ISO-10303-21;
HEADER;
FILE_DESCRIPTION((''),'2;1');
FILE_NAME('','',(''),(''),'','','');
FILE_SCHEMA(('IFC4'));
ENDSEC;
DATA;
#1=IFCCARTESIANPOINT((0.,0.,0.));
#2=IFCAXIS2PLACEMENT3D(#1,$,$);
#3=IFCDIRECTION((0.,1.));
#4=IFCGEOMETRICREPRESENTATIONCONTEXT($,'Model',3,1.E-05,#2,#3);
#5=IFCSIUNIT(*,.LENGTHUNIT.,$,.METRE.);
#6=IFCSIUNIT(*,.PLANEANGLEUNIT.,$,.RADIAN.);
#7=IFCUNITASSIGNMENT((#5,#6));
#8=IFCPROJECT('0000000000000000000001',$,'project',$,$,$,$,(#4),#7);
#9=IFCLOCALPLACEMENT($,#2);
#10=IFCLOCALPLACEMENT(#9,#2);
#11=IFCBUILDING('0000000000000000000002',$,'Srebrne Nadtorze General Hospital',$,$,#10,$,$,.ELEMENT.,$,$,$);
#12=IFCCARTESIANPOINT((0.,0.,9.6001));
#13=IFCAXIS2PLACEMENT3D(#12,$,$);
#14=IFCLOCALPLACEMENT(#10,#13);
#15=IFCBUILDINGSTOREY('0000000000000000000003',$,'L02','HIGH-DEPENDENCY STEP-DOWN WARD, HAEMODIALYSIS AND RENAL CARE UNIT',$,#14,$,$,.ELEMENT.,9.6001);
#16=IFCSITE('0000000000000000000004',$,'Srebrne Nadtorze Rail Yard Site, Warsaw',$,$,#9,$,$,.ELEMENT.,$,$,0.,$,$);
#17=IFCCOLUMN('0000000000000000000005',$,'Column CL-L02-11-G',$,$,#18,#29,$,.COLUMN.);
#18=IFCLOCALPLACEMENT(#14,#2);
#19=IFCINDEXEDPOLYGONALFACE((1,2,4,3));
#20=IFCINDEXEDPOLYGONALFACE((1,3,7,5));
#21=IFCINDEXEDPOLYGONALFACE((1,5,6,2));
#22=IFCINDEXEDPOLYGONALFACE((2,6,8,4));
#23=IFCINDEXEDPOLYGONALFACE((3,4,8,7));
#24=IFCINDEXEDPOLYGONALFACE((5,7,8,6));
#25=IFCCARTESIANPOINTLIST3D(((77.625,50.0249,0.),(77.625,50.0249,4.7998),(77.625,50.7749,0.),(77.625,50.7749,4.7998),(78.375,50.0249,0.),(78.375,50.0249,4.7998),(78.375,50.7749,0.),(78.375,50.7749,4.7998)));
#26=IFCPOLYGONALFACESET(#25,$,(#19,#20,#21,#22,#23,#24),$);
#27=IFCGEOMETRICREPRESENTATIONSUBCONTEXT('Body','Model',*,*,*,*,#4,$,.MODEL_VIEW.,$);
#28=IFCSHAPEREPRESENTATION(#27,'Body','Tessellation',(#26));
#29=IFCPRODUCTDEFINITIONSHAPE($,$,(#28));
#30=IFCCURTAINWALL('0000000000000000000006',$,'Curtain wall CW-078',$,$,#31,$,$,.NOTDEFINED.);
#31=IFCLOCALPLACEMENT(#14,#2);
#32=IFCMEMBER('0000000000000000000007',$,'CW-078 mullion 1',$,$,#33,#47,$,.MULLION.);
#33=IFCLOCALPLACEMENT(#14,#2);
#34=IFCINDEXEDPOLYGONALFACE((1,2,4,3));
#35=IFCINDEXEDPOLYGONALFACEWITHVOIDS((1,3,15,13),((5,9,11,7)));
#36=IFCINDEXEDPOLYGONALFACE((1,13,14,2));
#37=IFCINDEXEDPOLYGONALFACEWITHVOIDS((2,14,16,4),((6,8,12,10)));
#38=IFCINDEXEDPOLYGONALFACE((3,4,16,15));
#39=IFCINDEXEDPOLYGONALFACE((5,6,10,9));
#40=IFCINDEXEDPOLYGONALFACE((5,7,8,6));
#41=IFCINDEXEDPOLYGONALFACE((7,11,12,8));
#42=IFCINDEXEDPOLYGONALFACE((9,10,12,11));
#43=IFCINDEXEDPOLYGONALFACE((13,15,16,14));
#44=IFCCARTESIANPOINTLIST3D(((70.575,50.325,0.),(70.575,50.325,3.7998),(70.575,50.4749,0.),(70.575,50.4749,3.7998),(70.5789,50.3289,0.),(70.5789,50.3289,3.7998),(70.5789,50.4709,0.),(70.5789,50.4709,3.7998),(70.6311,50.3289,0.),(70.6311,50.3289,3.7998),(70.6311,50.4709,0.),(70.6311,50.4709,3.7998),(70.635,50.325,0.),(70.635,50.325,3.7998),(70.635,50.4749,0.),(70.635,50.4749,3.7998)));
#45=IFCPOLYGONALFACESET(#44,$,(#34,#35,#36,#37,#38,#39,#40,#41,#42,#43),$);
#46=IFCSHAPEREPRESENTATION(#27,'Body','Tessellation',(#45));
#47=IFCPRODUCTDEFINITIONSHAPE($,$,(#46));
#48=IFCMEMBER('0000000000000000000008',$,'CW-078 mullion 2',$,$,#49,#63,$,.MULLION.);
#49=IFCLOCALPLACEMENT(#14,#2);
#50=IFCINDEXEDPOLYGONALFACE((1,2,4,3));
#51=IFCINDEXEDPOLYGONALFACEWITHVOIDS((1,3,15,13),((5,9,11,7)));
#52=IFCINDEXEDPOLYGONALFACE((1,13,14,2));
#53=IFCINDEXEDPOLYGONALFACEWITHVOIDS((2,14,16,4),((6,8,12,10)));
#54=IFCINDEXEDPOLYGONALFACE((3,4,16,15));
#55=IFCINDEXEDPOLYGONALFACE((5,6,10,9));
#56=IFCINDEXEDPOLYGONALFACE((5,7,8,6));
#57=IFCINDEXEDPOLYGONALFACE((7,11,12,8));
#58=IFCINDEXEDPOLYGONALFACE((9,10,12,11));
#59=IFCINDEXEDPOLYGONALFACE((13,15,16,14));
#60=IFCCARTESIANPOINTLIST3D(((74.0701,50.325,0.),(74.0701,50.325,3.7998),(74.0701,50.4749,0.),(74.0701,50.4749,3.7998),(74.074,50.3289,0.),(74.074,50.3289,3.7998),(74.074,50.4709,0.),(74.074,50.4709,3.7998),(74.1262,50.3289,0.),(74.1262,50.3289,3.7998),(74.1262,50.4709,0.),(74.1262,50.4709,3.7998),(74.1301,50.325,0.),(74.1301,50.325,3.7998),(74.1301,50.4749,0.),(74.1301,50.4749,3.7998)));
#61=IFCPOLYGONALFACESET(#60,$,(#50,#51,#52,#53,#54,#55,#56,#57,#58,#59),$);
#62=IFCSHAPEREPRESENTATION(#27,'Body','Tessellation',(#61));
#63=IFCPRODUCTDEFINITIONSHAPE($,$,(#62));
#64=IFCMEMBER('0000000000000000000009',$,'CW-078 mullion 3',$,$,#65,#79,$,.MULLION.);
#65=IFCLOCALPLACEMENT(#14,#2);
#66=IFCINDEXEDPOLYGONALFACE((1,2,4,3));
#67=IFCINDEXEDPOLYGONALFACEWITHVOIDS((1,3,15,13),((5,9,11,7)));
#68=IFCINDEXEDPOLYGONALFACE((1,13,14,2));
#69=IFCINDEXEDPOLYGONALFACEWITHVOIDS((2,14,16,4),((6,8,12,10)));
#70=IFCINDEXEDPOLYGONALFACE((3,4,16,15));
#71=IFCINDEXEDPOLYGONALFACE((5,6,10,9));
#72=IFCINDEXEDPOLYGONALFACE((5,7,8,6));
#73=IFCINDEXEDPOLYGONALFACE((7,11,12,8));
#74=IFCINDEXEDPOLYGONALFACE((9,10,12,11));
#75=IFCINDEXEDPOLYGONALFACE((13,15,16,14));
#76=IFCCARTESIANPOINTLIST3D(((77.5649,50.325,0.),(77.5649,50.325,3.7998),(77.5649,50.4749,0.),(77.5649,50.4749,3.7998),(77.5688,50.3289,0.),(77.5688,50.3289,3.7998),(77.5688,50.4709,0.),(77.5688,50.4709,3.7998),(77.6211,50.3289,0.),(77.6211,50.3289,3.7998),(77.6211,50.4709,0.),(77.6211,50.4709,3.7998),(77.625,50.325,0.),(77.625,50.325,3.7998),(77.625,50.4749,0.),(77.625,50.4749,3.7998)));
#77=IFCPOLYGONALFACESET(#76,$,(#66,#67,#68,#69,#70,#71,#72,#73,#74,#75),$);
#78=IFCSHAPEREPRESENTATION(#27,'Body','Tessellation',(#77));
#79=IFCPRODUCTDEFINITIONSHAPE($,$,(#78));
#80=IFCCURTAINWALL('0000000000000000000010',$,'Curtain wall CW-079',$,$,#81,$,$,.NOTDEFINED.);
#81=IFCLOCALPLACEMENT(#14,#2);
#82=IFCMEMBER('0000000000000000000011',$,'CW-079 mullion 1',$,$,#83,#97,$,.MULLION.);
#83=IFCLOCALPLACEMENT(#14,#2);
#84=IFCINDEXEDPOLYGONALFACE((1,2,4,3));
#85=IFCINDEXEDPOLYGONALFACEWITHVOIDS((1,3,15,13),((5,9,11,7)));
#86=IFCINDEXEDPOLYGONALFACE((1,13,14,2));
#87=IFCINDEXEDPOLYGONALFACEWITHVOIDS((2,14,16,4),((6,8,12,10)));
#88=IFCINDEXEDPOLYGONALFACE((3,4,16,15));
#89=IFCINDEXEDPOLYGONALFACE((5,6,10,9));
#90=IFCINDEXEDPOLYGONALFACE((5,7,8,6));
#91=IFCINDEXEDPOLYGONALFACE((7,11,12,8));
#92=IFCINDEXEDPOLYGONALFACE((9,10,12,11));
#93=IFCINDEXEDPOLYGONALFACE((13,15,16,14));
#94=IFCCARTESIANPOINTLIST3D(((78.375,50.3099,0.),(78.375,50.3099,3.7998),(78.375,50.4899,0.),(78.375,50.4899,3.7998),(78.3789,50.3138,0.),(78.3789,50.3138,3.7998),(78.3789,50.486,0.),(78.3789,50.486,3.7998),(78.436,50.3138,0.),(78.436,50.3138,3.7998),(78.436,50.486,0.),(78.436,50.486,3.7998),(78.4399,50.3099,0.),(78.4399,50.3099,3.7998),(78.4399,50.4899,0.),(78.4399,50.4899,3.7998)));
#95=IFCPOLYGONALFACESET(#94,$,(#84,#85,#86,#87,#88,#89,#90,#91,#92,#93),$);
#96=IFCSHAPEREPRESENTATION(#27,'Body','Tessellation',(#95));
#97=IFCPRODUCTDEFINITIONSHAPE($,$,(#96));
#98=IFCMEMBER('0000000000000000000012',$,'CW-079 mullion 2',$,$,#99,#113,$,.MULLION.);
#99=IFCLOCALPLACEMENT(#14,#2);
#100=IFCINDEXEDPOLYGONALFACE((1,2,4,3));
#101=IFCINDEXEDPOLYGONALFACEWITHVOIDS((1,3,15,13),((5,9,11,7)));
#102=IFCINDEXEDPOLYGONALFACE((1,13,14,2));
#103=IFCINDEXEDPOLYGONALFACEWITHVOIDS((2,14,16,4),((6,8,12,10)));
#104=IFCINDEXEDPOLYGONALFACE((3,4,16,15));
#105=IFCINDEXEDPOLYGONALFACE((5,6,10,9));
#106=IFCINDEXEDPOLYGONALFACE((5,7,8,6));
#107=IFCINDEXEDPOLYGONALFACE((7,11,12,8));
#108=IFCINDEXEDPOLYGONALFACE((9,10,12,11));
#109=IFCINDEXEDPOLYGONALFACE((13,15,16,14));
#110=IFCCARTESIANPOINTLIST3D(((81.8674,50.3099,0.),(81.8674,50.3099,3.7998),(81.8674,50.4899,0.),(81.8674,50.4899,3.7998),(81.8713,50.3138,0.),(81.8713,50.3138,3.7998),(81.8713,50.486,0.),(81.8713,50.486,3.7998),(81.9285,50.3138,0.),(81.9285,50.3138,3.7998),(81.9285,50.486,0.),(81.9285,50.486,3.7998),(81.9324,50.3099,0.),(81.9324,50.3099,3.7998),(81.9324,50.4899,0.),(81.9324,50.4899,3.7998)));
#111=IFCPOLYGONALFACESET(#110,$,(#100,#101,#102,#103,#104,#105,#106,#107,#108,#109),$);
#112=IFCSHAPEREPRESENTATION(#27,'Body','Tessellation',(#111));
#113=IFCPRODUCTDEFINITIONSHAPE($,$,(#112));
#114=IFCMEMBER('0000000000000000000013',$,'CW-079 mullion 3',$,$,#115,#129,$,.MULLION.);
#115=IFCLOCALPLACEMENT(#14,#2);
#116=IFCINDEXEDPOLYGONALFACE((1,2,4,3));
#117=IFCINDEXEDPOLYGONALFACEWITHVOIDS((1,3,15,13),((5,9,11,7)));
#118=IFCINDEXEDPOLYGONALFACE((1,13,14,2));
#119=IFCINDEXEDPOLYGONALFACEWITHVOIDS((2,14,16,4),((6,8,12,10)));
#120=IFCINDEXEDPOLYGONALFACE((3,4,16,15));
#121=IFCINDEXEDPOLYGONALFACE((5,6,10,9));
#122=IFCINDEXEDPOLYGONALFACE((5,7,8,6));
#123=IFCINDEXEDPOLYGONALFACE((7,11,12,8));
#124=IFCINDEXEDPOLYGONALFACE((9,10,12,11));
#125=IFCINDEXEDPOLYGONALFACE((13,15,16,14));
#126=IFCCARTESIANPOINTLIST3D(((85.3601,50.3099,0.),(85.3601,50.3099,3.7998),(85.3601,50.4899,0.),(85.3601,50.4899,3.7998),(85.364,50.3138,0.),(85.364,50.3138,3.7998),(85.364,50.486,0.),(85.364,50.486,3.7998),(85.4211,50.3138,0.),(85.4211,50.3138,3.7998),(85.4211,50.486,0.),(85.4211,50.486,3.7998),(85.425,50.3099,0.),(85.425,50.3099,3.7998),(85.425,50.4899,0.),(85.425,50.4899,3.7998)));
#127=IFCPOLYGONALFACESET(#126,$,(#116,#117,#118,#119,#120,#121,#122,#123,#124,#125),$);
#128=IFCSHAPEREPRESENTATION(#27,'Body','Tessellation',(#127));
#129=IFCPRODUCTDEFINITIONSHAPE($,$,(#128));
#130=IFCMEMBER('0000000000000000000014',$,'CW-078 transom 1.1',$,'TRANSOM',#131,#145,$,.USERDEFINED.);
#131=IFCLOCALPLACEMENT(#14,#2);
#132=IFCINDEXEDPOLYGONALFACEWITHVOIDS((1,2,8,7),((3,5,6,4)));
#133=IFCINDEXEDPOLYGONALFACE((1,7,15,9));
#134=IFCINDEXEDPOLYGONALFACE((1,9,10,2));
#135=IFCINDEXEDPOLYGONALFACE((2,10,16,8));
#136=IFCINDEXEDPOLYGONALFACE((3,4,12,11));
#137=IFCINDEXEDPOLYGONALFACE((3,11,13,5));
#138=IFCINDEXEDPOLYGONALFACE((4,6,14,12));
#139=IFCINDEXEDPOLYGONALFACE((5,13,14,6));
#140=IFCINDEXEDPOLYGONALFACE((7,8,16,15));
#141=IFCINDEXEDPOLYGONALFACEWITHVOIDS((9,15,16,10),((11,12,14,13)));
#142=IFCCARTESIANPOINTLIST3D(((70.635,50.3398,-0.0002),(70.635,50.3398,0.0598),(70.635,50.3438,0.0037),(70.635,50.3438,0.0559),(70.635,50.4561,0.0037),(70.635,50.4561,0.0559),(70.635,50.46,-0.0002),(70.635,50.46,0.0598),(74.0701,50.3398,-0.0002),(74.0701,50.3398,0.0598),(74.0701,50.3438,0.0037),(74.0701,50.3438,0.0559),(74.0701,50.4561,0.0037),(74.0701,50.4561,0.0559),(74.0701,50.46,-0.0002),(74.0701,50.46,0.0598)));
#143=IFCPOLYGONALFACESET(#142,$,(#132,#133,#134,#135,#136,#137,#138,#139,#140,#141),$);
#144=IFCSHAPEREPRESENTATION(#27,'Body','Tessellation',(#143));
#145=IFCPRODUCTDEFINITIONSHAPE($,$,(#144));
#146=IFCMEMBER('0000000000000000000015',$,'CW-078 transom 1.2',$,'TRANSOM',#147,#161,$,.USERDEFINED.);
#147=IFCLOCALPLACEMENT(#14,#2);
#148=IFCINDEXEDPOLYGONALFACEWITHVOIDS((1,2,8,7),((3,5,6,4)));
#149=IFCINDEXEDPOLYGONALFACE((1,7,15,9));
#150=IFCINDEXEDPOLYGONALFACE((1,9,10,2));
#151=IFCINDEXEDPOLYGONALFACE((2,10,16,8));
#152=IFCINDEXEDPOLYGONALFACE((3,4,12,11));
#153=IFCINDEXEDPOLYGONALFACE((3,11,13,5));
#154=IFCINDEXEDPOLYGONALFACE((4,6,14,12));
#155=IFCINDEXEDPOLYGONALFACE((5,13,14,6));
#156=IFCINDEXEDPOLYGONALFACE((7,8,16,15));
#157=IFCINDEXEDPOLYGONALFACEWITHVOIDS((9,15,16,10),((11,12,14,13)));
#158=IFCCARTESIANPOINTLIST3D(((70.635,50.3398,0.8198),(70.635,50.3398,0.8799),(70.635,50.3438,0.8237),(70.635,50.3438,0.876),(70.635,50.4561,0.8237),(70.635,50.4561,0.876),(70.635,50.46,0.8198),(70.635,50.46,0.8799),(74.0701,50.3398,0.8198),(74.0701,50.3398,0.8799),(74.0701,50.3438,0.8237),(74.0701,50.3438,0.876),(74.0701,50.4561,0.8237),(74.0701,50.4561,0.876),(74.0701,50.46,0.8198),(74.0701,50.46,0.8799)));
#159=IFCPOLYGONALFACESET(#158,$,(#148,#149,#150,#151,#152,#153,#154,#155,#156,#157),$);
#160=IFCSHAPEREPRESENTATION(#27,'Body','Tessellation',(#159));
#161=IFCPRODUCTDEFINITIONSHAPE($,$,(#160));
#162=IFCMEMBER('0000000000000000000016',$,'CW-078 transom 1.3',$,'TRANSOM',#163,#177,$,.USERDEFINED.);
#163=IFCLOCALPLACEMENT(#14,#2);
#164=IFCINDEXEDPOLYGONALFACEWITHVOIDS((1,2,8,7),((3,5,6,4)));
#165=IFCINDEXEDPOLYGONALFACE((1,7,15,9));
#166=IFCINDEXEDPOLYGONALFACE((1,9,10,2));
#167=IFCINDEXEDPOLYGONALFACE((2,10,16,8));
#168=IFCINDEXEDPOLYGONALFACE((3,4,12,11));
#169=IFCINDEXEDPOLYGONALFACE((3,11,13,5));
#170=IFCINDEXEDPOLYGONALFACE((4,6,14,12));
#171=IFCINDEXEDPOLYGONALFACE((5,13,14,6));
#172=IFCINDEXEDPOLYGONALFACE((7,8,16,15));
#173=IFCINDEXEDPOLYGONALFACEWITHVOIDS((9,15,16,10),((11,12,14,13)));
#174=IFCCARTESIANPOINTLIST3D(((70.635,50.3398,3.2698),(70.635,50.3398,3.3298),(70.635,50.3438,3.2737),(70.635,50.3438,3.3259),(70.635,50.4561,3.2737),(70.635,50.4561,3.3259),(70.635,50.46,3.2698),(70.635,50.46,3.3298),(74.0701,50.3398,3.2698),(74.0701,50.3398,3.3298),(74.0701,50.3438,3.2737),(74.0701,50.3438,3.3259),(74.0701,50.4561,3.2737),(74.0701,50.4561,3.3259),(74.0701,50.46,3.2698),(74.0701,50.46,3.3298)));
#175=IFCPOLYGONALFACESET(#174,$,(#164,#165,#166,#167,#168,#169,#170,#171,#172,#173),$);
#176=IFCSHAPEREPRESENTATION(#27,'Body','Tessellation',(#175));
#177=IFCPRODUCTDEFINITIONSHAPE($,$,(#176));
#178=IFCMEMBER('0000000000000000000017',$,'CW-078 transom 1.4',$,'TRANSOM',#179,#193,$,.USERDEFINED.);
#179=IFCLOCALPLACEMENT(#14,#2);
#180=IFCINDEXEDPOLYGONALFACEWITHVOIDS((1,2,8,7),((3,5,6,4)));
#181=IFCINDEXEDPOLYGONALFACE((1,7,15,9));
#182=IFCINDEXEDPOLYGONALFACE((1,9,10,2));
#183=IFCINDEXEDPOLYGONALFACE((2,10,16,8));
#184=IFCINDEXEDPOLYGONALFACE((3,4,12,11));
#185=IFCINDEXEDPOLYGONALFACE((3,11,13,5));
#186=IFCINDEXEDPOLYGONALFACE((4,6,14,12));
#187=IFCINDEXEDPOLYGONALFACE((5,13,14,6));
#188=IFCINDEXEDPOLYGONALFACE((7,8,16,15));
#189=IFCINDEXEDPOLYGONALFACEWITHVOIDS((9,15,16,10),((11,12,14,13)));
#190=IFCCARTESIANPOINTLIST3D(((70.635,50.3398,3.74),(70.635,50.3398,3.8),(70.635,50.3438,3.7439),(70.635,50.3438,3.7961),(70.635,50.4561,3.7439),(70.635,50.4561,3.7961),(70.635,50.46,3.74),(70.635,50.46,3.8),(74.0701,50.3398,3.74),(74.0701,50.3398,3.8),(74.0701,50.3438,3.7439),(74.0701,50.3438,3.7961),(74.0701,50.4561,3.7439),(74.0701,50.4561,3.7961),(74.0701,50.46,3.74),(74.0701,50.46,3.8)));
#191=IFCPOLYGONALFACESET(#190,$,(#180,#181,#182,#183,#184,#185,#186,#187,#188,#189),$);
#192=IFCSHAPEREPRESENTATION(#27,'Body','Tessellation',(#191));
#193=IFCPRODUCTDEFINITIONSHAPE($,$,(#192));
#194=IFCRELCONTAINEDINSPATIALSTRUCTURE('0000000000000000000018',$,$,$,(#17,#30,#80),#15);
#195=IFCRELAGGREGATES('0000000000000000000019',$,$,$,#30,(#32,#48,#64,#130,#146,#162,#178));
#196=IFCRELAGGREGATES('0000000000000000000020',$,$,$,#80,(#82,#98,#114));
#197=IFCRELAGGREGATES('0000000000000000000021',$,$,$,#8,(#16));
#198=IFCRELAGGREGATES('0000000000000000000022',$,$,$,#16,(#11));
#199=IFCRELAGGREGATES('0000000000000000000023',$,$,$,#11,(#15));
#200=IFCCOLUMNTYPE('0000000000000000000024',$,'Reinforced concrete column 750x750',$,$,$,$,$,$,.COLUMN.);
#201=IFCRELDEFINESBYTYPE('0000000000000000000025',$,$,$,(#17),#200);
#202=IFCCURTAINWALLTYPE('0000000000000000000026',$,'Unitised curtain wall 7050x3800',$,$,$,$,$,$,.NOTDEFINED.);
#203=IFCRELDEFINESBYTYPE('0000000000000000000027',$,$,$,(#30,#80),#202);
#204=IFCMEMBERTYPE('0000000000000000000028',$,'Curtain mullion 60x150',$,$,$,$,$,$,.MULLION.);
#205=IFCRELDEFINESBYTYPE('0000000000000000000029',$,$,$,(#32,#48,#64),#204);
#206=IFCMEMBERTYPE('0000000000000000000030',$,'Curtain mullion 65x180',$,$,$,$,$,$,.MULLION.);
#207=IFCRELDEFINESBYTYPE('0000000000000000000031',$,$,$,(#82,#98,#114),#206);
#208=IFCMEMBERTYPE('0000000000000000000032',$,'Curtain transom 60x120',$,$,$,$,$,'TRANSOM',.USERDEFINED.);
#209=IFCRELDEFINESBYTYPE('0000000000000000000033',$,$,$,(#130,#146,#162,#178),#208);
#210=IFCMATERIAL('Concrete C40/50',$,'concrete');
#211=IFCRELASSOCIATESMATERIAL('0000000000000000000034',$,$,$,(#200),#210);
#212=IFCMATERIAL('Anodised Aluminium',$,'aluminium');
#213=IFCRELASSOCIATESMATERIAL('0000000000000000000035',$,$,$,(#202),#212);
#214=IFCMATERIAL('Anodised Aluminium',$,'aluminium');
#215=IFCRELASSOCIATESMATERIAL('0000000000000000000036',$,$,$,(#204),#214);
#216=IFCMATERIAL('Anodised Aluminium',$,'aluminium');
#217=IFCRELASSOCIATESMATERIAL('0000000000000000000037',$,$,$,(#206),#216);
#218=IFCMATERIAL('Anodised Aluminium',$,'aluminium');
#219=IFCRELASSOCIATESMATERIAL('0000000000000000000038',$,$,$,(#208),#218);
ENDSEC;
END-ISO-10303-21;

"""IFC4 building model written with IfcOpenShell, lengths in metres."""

from ifc_helpers import new_model, si_unit, direction, frame, origin, origin_2d, place, context, subcontext, project, spatial, rectangle, hollow_rectangle, extrude, material, material_profile, profile_set, type_object, element, aggregate, save


model = new_model("IFC4")

# Units and contexts
model_context = context("Model", 3, precision=1e-05, world=origin(), true_north=direction((0.0, 1.0)))
body_context = subcontext(model_context, "Body", "Model", "MODEL_VIEW")
ifc_project = project(units=[si_unit("LENGTHUNIT", "METRE"), si_unit("PLANEANGLEUNIT", "RADIAN")], contexts=[model_context])

# Site, building, storey
site_placement = place(None, origin())
site = spatial("IfcSite", under=ifc_project, at=site_placement, Name="Srebrne Nadtorze Rail Yard Site, Warsaw", CompositionType="ELEMENT", RefElevation=0.0)
building_placement = place(site_placement, origin())
building = spatial("IfcBuilding", under=site, at=building_placement, Name="Srebrne Nadtorze General Hospital", CompositionType="ELEMENT")
storey_placement = place(building_placement, frame((0.0, 0.0, 9.6001)))
storey = spatial("IfcBuildingStorey", under=building, at=storey_placement, Name="L02", Description="HIGH-DEPENDENCY STEP-DOWN WARD, HAEMODIALYSIS AND RENAL CARE UNIT", CompositionType="ELEMENT", Elevation=9.6001)

# Column
ifc_material_1 = material(Name="Concrete C40/50", Category="concrete")
ifc_material_profile_1 = material_profile(ifc_material_1, rectangle(XDim=0.75, YDim=0.75, at=origin_2d()), Name="RC-COL-750x750")
ifc_profile_set_1 = profile_set([ifc_material_profile_1], Name="Concrete C40/50")
column_type = type_object("IfcColumnType", Name="Reinforced concrete column 750x750", PredefinedType="COLUMN", material=ifc_profile_set_1)
column_placement = place(storey_placement, frame((78.0, 50.3999, 0.0), z_axis=(0.0, 0.0, 1.0), x_axis=(1.0, 0.0, 0.0)))
element("IfcColumn", 1, at=column_placement, inside=storey, type_object=column_type, Name="Column CL-L02-11-G", PredefinedType="COLUMN", context=body_context, shape_type="SweptSolid", body=[
    extrude(rectangle(XDim=0.75, YDim=0.75, at=origin_2d()), origin(), (0.0, 0.0, 1.0), 4.7998),
])

# Curtain walls, members
ifc_material_2 = material(Name="Anodised Aluminium", Category="aluminium")
curtain_wall_type = type_object("IfcCurtainWallType", Name="Unitised curtain wall 7050x3800", PredefinedType="NOTDEFINED", material=ifc_material_2)
curtain_wall_1_placement = place(storey_placement, origin())
curtain_wall_1 = element("IfcCurtainWall", 2, at=curtain_wall_1_placement, inside=storey, type_object=curtain_wall_type, Name="Curtain wall CW-078", PredefinedType="NOTDEFINED")
ifc_material_3 = material(Name="Anodised Aluminium", Category="aluminium")
ifc_material_profile_2 = material_profile(ifc_material_3, hollow_rectangle(XDim=0.0601, YDim=0.1499, WallThickness=0.0039, at=origin_2d()), Name="AL-MUL-60x150")
ifc_profile_set_2 = profile_set([ifc_material_profile_2], Name="Anodised Aluminium")
member_type_1 = type_object("IfcMemberType", Name="Curtain mullion 60x150", PredefinedType="MULLION", material=ifc_profile_set_2)
member_1_placement = place(storey_placement, frame((70.605, 50.3999, 0.0), z_axis=(0.0, 0.0, 1.0), x_axis=(1.0, 0.0, 0.0)))
member_1 = element("IfcMember", 3, at=member_1_placement, type_object=member_type_1, Name="CW-078 mullion 1", PredefinedType="MULLION", context=body_context, shape_type="SweptSolid", body=[
    extrude(hollow_rectangle(XDim=0.0601, YDim=0.1499, WallThickness=0.0039, at=origin_2d()), origin(), (0.0, 0.0, 1.0), 3.7998),
])
member_2_placement = place(storey_placement, frame((74.1001, 50.3999, 0.0), z_axis=(0.0, 0.0, 1.0), x_axis=(1.0, 0.0, 0.0)))
member_2 = element("IfcMember", 4, at=member_2_placement, type_object=member_type_1, Name="CW-078 mullion 2", PredefinedType="MULLION", context=body_context, shape_type="SweptSolid", body=[
    extrude(hollow_rectangle(XDim=0.0601, YDim=0.1499, WallThickness=0.0039, at=origin_2d()), origin(), (0.0, 0.0, 1.0), 3.7998),
])
member_3_placement = place(storey_placement, frame((77.595, 50.3999, 0.0), z_axis=(0.0, 0.0, 1.0), x_axis=(1.0, 0.0, 0.0)))
member_3 = element("IfcMember", 5, at=member_3_placement, type_object=member_type_1, Name="CW-078 mullion 3", PredefinedType="MULLION", context=body_context, shape_type="SweptSolid", body=[
    extrude(hollow_rectangle(XDim=0.0601, YDim=0.1499, WallThickness=0.0039, at=origin_2d()), origin(), (0.0, 0.0, 1.0), 3.7998),
])
curtain_wall_2_placement = place(storey_placement, origin())
curtain_wall_2 = element("IfcCurtainWall", 6, at=curtain_wall_2_placement, inside=storey, type_object=curtain_wall_type, Name="Curtain wall CW-079", PredefinedType="NOTDEFINED")
ifc_material_4 = material(Name="Anodised Aluminium", Category="aluminium")
ifc_material_profile_3 = material_profile(ifc_material_4, hollow_rectangle(XDim=0.0649, YDim=0.1799, WallThickness=0.0039, at=origin_2d()), Name="AL-MUL-65x180")
ifc_profile_set_3 = profile_set([ifc_material_profile_3], Name="Anodised Aluminium")
member_type_2 = type_object("IfcMemberType", Name="Curtain mullion 65x180", PredefinedType="MULLION", material=ifc_profile_set_3)
member_4_placement = place(storey_placement, frame((78.4075, 50.3999, 0.0), z_axis=(0.0, 0.0, 1.0), x_axis=(1.0, 0.0, 0.0)))
member_4 = element("IfcMember", 7, at=member_4_placement, type_object=member_type_2, Name="CW-079 mullion 1", PredefinedType="MULLION", context=body_context, shape_type="SweptSolid", body=[
    extrude(hollow_rectangle(XDim=0.0649, YDim=0.1799, WallThickness=0.0039, at=origin_2d()), origin(), (0.0, 0.0, 1.0), 3.7998),
])
member_5_placement = place(storey_placement, frame((81.8999, 50.3999, 0.0), z_axis=(0.0, 0.0, 1.0), x_axis=(1.0, 0.0, 0.0)))
member_5 = element("IfcMember", 8, at=member_5_placement, type_object=member_type_2, Name="CW-079 mullion 2", PredefinedType="MULLION", context=body_context, shape_type="SweptSolid", body=[
    extrude(hollow_rectangle(XDim=0.0649, YDim=0.1799, WallThickness=0.0039, at=origin_2d()), origin(), (0.0, 0.0, 1.0), 3.7998),
])
member_6_placement = place(storey_placement, frame((85.3926, 50.3999, 0.0), z_axis=(0.0, 0.0, 1.0), x_axis=(1.0, 0.0, 0.0)))
member_6 = element("IfcMember", 9, at=member_6_placement, type_object=member_type_2, Name="CW-079 mullion 3", PredefinedType="MULLION", context=body_context, shape_type="SweptSolid", body=[
    extrude(hollow_rectangle(XDim=0.0649, YDim=0.1799, WallThickness=0.0039, at=origin_2d()), origin(), (0.0, 0.0, 1.0), 3.7998),
])

# Members
ifc_material_5 = material(Name="Anodised Aluminium", Category="aluminium")
ifc_material_profile_4 = material_profile(ifc_material_5, hollow_rectangle(XDim=0.0601, YDim=0.1201, WallThickness=0.0039, at=origin_2d()), Name="AL-TRN-60x120")
ifc_profile_set_4 = profile_set([ifc_material_profile_4], Name="Anodised Aluminium")
member_type_3 = type_object("IfcMemberType", Name="Curtain transom 60x120", ElementType="TRANSOM", PredefinedType="USERDEFINED", material=ifc_profile_set_4)
member_7_placement = place(storey_placement, frame((70.635, 50.3999, 0.0298), z_axis=(1.0, 0.0, 0.0), x_axis=(0.0, 0.0, 1.0)))
member_7 = element("IfcMember", 10, at=member_7_placement, type_object=member_type_3, Name="CW-078 transom 1.1", ObjectType="TRANSOM", PredefinedType="USERDEFINED", context=body_context, shape_type="SweptSolid", body=[
    extrude(hollow_rectangle(XDim=0.0601, YDim=0.1201, WallThickness=0.0039, at=origin_2d()), origin(), (0.0, 0.0, 1.0), 3.4351),
])
member_8_placement = place(storey_placement, frame((70.635, 50.3999, 0.8499), z_axis=(1.0, 0.0, 0.0), x_axis=(0.0, 0.0, 1.0)))
member_8 = element("IfcMember", 11, at=member_8_placement, type_object=member_type_3, Name="CW-078 transom 1.2", ObjectType="TRANSOM", PredefinedType="USERDEFINED", context=body_context, shape_type="SweptSolid", body=[
    extrude(hollow_rectangle(XDim=0.0601, YDim=0.1201, WallThickness=0.0039, at=origin_2d()), origin(), (0.0, 0.0, 1.0), 3.4351),
])
member_9_placement = place(storey_placement, frame((70.635, 50.3999, 3.2998), z_axis=(1.0, 0.0, 0.0), x_axis=(0.0, 0.0, 1.0)))
member_9 = element("IfcMember", 12, at=member_9_placement, type_object=member_type_3, Name="CW-078 transom 1.3", ObjectType="TRANSOM", PredefinedType="USERDEFINED", context=body_context, shape_type="SweptSolid", body=[
    extrude(hollow_rectangle(XDim=0.0601, YDim=0.1201, WallThickness=0.0039, at=origin_2d()), origin(), (0.0, 0.0, 1.0), 3.4351),
])
member_10_placement = place(storey_placement, frame((70.635, 50.3999, 3.77), z_axis=(1.0, 0.0, 0.0), x_axis=(0.0, 0.0, 1.0)))
member_10 = element("IfcMember", 13, at=member_10_placement, type_object=member_type_3, Name="CW-078 transom 1.4", ObjectType="TRANSOM", PredefinedType="USERDEFINED", context=body_context, shape_type="SweptSolid", body=[
    extrude(hollow_rectangle(XDim=0.0601, YDim=0.1201, WallThickness=0.0039, at=origin_2d()), origin(), (0.0, 0.0, 1.0), 3.4351),
])

aggregate(curtain_wall_1, [member_1, member_2, member_3, member_7, member_8, member_9, member_10])
aggregate(curtain_wall_2, [member_4, member_5, member_6])

save(model, "model.ifc")
